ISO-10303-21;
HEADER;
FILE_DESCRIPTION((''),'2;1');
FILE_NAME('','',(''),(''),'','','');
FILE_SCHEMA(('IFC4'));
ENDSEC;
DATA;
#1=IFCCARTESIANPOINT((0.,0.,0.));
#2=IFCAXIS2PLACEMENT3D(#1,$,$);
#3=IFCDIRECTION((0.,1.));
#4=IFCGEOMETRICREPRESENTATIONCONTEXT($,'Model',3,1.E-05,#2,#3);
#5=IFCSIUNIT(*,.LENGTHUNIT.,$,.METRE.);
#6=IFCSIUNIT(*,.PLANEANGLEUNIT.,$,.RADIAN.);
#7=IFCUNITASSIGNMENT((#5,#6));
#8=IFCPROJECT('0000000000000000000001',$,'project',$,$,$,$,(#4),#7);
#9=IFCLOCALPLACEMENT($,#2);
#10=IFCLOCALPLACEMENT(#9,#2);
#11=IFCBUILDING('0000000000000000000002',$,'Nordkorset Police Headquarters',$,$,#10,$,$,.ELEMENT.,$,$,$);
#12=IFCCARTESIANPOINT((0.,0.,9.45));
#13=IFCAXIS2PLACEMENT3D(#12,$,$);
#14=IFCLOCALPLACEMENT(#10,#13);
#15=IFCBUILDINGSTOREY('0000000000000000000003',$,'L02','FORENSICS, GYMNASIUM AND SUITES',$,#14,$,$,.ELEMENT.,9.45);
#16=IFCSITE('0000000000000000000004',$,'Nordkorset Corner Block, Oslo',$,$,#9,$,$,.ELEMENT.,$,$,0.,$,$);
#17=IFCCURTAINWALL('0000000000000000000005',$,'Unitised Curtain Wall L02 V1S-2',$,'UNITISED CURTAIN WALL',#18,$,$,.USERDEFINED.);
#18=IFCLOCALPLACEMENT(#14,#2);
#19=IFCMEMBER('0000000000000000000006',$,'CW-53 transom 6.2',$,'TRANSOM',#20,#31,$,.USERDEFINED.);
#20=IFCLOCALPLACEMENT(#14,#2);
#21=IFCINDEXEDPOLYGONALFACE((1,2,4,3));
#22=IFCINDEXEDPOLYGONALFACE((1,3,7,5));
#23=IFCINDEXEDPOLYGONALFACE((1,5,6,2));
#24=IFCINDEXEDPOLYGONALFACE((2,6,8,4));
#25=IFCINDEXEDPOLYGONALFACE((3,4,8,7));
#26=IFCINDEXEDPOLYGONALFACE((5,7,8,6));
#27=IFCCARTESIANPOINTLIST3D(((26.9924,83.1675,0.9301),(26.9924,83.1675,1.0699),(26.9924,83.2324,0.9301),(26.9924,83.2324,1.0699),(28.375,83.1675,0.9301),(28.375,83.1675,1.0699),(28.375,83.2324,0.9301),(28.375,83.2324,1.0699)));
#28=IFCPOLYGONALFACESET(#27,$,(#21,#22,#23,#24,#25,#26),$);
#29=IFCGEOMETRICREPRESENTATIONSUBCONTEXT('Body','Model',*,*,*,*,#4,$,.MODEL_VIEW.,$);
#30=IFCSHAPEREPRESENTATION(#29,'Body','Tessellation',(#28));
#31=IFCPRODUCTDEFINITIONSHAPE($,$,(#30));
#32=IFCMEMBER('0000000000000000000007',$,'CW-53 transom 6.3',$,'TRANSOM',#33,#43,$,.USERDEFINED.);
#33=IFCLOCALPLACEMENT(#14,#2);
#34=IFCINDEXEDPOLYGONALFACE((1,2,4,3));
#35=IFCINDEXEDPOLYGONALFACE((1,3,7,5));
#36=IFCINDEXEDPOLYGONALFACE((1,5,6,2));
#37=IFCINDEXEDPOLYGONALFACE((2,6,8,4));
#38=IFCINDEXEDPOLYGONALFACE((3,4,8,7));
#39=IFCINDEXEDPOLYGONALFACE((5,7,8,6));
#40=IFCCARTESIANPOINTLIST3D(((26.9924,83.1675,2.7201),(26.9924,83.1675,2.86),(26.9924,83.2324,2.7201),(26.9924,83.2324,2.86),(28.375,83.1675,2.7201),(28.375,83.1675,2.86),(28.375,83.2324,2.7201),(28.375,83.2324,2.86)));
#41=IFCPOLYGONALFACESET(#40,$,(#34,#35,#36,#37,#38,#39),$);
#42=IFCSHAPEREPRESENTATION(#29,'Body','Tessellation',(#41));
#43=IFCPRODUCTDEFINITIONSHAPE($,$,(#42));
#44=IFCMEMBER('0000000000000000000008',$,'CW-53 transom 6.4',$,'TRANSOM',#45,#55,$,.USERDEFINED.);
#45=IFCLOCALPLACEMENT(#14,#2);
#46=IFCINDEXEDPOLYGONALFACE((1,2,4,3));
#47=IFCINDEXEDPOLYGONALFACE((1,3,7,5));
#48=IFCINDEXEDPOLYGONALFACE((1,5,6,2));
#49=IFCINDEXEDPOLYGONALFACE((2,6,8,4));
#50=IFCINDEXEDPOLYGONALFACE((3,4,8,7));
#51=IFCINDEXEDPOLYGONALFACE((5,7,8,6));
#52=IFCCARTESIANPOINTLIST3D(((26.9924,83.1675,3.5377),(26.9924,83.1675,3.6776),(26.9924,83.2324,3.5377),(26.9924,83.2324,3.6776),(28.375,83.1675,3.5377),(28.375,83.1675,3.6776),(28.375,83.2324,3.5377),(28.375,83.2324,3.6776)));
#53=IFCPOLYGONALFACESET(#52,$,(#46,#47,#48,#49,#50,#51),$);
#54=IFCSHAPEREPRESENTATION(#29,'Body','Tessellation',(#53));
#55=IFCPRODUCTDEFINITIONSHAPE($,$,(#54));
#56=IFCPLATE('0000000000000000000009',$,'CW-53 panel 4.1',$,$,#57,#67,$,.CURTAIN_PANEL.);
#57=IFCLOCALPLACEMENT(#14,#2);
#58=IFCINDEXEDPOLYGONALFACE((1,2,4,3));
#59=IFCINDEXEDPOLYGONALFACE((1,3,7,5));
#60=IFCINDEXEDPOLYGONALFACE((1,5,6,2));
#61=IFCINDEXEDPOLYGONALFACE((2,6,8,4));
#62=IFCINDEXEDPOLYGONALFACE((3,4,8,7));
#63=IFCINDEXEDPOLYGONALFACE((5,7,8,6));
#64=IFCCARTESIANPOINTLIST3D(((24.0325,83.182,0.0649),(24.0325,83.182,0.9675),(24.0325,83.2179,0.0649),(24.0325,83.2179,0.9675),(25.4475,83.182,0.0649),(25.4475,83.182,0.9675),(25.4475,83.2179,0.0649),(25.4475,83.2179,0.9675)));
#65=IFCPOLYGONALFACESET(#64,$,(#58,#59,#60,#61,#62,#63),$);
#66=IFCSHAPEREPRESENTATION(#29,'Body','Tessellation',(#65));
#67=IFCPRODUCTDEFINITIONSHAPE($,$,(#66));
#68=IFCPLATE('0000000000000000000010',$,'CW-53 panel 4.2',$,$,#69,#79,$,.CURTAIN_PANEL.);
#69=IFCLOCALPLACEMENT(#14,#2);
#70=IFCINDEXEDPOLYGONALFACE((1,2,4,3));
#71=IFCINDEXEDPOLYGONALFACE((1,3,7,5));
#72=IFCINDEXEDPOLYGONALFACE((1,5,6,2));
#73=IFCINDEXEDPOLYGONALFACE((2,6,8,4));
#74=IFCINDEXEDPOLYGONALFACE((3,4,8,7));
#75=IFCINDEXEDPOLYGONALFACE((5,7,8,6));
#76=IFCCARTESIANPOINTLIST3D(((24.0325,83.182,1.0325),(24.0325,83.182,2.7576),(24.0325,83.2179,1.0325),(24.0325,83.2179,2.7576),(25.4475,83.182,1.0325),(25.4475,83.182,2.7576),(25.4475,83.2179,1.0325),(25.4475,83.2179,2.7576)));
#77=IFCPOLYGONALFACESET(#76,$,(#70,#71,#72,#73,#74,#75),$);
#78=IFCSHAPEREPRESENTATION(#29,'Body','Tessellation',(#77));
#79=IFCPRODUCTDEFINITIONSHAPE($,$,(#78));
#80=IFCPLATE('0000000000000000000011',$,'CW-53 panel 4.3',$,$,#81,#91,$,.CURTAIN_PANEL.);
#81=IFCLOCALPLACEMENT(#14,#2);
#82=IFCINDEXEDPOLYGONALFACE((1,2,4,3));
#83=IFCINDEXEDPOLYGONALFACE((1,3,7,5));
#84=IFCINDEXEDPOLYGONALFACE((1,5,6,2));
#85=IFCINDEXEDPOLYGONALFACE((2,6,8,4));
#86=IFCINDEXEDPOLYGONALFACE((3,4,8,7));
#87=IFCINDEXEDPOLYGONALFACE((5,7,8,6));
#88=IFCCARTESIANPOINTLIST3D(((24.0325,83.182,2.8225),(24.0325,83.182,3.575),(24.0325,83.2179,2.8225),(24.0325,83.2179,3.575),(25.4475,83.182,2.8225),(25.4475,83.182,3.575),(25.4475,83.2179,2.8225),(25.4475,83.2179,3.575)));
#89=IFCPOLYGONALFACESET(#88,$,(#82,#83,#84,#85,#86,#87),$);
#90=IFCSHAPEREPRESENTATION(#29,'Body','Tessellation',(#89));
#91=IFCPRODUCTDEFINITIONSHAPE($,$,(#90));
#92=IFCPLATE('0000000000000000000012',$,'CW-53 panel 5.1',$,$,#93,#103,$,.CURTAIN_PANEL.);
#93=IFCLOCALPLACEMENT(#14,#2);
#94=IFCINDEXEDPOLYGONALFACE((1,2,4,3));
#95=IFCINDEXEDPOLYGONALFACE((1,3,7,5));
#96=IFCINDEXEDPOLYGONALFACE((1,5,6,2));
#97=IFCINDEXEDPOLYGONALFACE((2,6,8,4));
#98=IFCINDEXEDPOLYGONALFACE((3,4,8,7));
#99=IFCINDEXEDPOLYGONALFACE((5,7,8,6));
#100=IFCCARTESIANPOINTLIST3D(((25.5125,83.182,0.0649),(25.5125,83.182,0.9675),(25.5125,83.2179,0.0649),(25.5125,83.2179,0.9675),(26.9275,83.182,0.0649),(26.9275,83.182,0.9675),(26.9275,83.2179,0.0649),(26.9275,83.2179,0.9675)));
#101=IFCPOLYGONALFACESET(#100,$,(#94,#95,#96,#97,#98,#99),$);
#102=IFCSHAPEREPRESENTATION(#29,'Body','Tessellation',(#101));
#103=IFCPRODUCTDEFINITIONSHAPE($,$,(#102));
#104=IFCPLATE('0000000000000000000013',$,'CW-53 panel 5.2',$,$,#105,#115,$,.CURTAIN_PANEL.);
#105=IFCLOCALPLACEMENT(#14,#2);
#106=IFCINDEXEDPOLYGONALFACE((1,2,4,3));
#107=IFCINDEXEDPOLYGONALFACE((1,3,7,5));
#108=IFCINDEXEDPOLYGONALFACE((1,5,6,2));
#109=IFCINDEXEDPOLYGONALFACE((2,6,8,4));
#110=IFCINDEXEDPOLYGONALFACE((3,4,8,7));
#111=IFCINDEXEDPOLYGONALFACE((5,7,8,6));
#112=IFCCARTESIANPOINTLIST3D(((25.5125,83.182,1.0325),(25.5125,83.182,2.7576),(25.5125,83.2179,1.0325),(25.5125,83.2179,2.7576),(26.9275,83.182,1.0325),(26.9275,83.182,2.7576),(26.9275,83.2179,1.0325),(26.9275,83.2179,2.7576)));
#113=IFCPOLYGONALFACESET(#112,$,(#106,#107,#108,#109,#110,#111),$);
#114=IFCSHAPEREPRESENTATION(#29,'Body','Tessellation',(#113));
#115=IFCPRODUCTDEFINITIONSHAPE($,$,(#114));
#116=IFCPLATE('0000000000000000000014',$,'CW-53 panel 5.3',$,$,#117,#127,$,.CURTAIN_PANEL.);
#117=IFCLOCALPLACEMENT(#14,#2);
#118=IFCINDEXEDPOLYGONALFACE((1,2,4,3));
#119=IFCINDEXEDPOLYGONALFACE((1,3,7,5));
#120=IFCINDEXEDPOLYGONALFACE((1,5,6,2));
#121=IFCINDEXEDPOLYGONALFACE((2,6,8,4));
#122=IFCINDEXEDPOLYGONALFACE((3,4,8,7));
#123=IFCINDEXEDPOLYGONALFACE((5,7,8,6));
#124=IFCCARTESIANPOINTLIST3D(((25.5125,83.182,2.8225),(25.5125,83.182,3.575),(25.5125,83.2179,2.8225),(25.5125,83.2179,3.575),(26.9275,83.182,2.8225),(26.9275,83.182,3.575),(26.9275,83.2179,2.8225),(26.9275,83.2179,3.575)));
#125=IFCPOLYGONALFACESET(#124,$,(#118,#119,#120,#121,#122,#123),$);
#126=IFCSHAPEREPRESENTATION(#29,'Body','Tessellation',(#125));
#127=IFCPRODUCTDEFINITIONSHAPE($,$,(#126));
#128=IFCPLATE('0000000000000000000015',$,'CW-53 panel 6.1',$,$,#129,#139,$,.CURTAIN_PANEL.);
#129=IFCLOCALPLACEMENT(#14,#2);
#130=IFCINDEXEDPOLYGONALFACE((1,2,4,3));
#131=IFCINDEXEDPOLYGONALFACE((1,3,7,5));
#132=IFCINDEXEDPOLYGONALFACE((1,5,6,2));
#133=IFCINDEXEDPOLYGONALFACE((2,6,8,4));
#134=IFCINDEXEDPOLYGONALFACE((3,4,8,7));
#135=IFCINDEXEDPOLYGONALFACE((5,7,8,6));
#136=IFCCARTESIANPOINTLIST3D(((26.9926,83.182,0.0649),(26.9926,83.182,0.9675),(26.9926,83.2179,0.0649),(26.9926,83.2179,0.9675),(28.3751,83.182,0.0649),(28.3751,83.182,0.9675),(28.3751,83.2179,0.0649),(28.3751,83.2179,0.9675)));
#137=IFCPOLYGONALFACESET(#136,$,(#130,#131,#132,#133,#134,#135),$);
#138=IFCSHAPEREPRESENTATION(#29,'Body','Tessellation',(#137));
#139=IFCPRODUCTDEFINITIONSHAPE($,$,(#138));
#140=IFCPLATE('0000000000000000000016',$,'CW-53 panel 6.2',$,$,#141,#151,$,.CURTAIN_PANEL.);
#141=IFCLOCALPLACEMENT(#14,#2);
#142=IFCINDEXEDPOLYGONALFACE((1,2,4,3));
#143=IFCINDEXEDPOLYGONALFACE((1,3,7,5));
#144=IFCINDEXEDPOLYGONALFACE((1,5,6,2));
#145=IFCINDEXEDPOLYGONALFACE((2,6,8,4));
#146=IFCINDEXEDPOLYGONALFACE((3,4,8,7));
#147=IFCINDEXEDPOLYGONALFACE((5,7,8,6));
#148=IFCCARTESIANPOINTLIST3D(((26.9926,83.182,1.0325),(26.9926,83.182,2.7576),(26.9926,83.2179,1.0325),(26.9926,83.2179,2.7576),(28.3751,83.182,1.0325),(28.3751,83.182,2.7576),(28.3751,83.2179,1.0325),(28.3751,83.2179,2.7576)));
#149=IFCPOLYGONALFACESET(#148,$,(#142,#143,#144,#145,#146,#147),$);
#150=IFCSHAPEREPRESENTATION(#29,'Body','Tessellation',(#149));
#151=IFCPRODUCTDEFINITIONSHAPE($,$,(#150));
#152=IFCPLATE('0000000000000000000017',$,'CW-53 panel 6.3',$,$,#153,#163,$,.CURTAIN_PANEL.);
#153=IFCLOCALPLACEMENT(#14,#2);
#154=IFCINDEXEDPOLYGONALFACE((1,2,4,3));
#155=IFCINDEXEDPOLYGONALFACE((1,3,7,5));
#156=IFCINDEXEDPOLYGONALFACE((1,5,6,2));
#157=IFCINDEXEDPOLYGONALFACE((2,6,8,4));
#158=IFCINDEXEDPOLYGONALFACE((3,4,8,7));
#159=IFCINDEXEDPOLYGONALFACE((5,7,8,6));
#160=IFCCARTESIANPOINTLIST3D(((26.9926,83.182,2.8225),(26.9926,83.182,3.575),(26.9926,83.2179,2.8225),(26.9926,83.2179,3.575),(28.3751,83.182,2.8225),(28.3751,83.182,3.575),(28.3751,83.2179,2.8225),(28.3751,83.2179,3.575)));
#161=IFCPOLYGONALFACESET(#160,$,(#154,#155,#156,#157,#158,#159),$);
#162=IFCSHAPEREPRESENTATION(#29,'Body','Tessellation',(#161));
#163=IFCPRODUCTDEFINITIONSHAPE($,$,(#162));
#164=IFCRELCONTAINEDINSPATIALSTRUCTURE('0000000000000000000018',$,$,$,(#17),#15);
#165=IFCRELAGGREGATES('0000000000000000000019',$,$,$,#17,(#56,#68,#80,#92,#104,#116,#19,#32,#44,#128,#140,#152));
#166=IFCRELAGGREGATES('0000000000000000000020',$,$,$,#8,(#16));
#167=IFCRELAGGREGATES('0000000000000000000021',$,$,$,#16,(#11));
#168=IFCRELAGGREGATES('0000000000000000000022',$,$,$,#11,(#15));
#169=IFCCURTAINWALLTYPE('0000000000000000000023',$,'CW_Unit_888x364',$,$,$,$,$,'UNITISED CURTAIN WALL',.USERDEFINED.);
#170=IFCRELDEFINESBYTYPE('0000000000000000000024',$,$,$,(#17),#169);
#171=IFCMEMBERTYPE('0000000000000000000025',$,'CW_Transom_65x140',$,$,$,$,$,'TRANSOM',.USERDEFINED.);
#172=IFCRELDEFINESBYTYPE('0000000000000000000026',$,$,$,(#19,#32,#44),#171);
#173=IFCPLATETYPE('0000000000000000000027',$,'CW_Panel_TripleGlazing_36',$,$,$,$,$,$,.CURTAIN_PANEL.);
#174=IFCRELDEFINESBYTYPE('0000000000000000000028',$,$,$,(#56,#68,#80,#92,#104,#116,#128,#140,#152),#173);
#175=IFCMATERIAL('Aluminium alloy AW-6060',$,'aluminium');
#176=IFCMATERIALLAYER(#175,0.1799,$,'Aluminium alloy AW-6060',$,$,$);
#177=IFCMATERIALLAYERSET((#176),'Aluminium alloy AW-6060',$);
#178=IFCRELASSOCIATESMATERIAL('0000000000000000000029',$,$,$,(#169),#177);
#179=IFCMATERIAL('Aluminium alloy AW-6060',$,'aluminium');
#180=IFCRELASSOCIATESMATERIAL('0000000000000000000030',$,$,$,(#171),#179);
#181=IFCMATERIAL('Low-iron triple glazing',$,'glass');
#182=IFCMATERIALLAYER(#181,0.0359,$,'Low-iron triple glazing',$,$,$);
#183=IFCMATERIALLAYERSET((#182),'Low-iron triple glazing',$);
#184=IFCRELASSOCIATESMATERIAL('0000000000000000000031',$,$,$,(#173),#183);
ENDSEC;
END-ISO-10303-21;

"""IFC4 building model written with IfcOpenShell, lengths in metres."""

from ifc_helpers import new_model, si_unit, direction, frame, origin, origin_2d, place, context, subcontext, project, spatial, rectangle, extrude, material, layer, layer_set, material_profile, profile_set, type_object, element, aggregate, save


model = new_model("IFC4")

# Units and contexts
model_context = context("Model", 3, precision=1e-05, world=origin(), true_north=direction((0.0, 1.0)))
body_context = subcontext(model_context, "Body", "Model", "MODEL_VIEW")
ifc_project = project(units=[si_unit("LENGTHUNIT", "METRE"), si_unit("PLANEANGLEUNIT", "RADIAN")], contexts=[model_context])

# Site, building, storey
site_placement = place(None, origin())
site = spatial("IfcSite", under=ifc_project, at=site_placement, Name="Nordkorset Corner Block, Oslo", CompositionType="ELEMENT", RefElevation=0.0)
building_placement = place(site_placement, origin())
building = spatial("IfcBuilding", under=site, at=building_placement, Name="Nordkorset Police Headquarters", CompositionType="ELEMENT")
storey_placement = place(building_placement, frame((0.0, 0.0, 9.45)))
storey = spatial("IfcBuildingStorey", under=building, at=storey_placement, Name="L02", Description="FORENSICS, GYMNASIUM AND SUITES", CompositionType="ELEMENT", Elevation=9.45)

# Curtain wall, members, plates
ifc_material_1 = material(Name="Aluminium alloy AW-6060", Category="aluminium")
ifc_layer_1 = layer(ifc_material_1, 0.1799, Name="Aluminium alloy AW-6060")
ifc_layer_set_1 = layer_set([ifc_layer_1], Name="Aluminium alloy AW-6060")
curtain_wall_type = type_object("IfcCurtainWallType", Name="CW_Unit_888x364", ElementType="UNITISED CURTAIN WALL", PredefinedType="USERDEFINED", material=ifc_layer_set_1)
curtain_wall_placement = place(storey_placement, origin())
curtain_wall = element("IfcCurtainWall", 1, at=curtain_wall_placement, inside=storey, type_object=curtain_wall_type, Name="Unitised Curtain Wall L02 V1S-2", ObjectType="UNITISED CURTAIN WALL", PredefinedType="USERDEFINED")
ifc_material_2 = material(Name="Aluminium alloy AW-6060", Category="aluminium")
ifc_material_profile_1 = material_profile(ifc_material_2, rectangle(XDim=0.0649, YDim=0.1399, at=origin_2d()), Name="ALU TRAN 65x140")
ifc_profile_set_1 = profile_set([ifc_material_profile_1], Name="Aluminium alloy AW-6060")
member_type_1 = type_object("IfcMemberType", Name="CW_Transom_65x140", ElementType="TRANSOM", PredefinedType="USERDEFINED", material=ifc_profile_set_1)
member_1_placement = place(storey_placement, frame((26.9924, 83.2, 1.0), z_axis=(1.0, 0.0, 0.0), x_axis=(0.0, 1.0, 0.0)))
member_1 = element("IfcMember", 2, at=member_1_placement, type_object=member_type_1, Name="CW-53 transom 6.2", ObjectType="TRANSOM", PredefinedType="USERDEFINED", context=body_context, shape_type="SweptSolid", body=[
    extrude(rectangle(XDim=0.0649, YDim=0.1399, at=origin_2d()), origin(), (0.0, 0.0, 1.0), 1.3826),
])
member_2_placement = place(storey_placement, frame((26.9924, 83.2, 2.79), z_axis=(1.0, 0.0, 0.0), x_axis=(0.0, 1.0, 0.0)))
member_2 = element("IfcMember", 3, at=member_2_placement, type_object=member_type_1, Name="CW-53 transom 6.3", ObjectType="TRANSOM", PredefinedType="USERDEFINED", context=body_context, shape_type="SweptSolid", body=[
    extrude(rectangle(XDim=0.0649, YDim=0.1399, at=origin_2d()), origin(), (0.0, 0.0, 1.0), 1.3826),
])
member_3_placement = place(storey_placement, frame((26.9924, 83.2, 3.6077), z_axis=(1.0, 0.0, 0.0), x_axis=(0.0, 1.0, 0.0)))
member_3 = element("IfcMember", 4, at=member_3_placement, type_object=member_type_1, Name="CW-53 transom 6.4", ObjectType="TRANSOM", PredefinedType="USERDEFINED", context=body_context, shape_type="SweptSolid", body=[
    extrude(rectangle(XDim=0.0649, YDim=0.1399, at=origin_2d()), origin(), (0.0, 0.0, 1.0), 1.3826),
])
ifc_material_3 = material(Name="Low-iron triple glazing", Category="glass")
ifc_layer_2 = layer(ifc_material_3, 0.0359, Name="Low-iron triple glazing")
ifc_layer_set_2 = layer_set([ifc_layer_2], Name="Low-iron triple glazing")
plate_type = type_object("IfcPlateType", Name="CW_Panel_TripleGlazing_36", PredefinedType="CURTAIN_PANEL", material=ifc_layer_set_2)
plate_1_placement = place(storey_placement, frame((24.74, 83.2, 0.0649), z_axis=(0.0, 0.0, 1.0), x_axis=(1.0, 0.0, 0.0)))
plate_1 = element("IfcPlate", 5, at=plate_1_placement, type_object=plate_type, Name="CW-53 panel 4.1", PredefinedType="CURTAIN_PANEL", context=body_context, shape_type="SweptSolid", body=[
    extrude(rectangle(XDim=1.415, YDim=0.0359, at=origin_2d()), origin(), (0.0, 0.0, 1.0), 0.9026),
])
plate_2_placement = place(storey_placement, frame((24.74, 83.2, 1.0325), z_axis=(0.0, 0.0, 1.0), x_axis=(1.0, 0.0, 0.0)))
plate_2 = element("IfcPlate", 6, at=plate_2_placement, type_object=plate_type, Name="CW-53 panel 4.2", PredefinedType="CURTAIN_PANEL", context=body_context, shape_type="SweptSolid", body=[
    extrude(rectangle(XDim=1.415, YDim=0.0359, at=origin_2d()), origin(), (0.0, 0.0, 1.0), 1.7251),
])
plate_3_placement = place(storey_placement, frame((24.74, 83.2, 2.8225), z_axis=(0.0, 0.0, 1.0), x_axis=(1.0, 0.0, 0.0)))
plate_3 = element("IfcPlate", 7, at=plate_3_placement, type_object=plate_type, Name="CW-53 panel 4.3", PredefinedType="CURTAIN_PANEL", context=body_context, shape_type="SweptSolid", body=[
    extrude(rectangle(XDim=1.415, YDim=0.0359, at=origin_2d()), origin(), (0.0, 0.0, 1.0), 0.7524),
])
plate_4_placement = place(storey_placement, frame((26.22, 83.2, 0.0649), z_axis=(0.0, 0.0, 1.0), x_axis=(1.0, 0.0, 0.0)))
plate_4 = element("IfcPlate", 8, at=plate_4_placement, type_object=plate_type, Name="CW-53 panel 5.1", PredefinedType="CURTAIN_PANEL", context=body_context, shape_type="SweptSolid", body=[
    extrude(rectangle(XDim=1.415, YDim=0.0359, at=origin_2d()), origin(), (0.0, 0.0, 1.0), 0.9026),
])
plate_5_placement = place(storey_placement, frame((26.22, 83.2, 1.0325), z_axis=(0.0, 0.0, 1.0), x_axis=(1.0, 0.0, 0.0)))
plate_5 = element("IfcPlate", 9, at=plate_5_placement, type_object=plate_type, Name="CW-53 panel 5.2", PredefinedType="CURTAIN_PANEL", context=body_context, shape_type="SweptSolid", body=[
    extrude(rectangle(XDim=1.415, YDim=0.0359, at=origin_2d()), origin(), (0.0, 0.0, 1.0), 1.7251),
])
plate_6_placement = place(storey_placement, frame((26.22, 83.2, 2.8225), z_axis=(0.0, 0.0, 1.0), x_axis=(1.0, 0.0, 0.0)))
plate_6 = element("IfcPlate", 10, at=plate_6_placement, type_object=plate_type, Name="CW-53 panel 5.3", PredefinedType="CURTAIN_PANEL", context=body_context, shape_type="SweptSolid", body=[
    extrude(rectangle(XDim=1.415, YDim=0.0359, at=origin_2d()), origin(), (0.0, 0.0, 1.0), 0.7524),
])
plate_7_placement = place(storey_placement, frame((27.6838, 83.2, 0.0649), z_axis=(0.0, 0.0, 1.0), x_axis=(1.0, 0.0, 0.0)))
plate_7 = element("IfcPlate", 11, at=plate_7_placement, type_object=plate_type, Name="CW-53 panel 6.1", PredefinedType="CURTAIN_PANEL", context=body_context, shape_type="SweptSolid", body=[
    extrude(rectangle(XDim=1.3826, YDim=0.0359, at=origin_2d()), origin(), (0.0, 0.0, 1.0), 0.9026),
])
plate_8_placement = place(storey_placement, frame((27.6838, 83.2, 1.0325), z_axis=(0.0, 0.0, 1.0), x_axis=(1.0, 0.0, 0.0)))
plate_8 = element("IfcPlate", 12, at=plate_8_placement, type_object=plate_type, Name="CW-53 panel 6.2", PredefinedType="CURTAIN_PANEL", context=body_context, shape_type="SweptSolid", body=[
    extrude(rectangle(XDim=1.3826, YDim=0.0359, at=origin_2d()), origin(), (0.0, 0.0, 1.0), 1.7251),
])
plate_9_placement = place(storey_placement, frame((27.6838, 83.2, 2.8225), z_axis=(0.0, 0.0, 1.0), x_axis=(1.0, 0.0, 0.0)))
plate_9 = element("IfcPlate", 13, at=plate_9_placement, type_object=plate_type, Name="CW-53 panel 6.3", PredefinedType="CURTAIN_PANEL", context=body_context, shape_type="SweptSolid", body=[
    extrude(rectangle(XDim=1.3826, YDim=0.0359, at=origin_2d()), origin(), (0.0, 0.0, 1.0), 0.7524),
])
aggregate(curtain_wall, [plate_1, plate_2, plate_3, plate_4, plate_5, plate_6, member_1, member_2, member_3, plate_7, plate_8, plate_9])

save(model, "model.ifc")
